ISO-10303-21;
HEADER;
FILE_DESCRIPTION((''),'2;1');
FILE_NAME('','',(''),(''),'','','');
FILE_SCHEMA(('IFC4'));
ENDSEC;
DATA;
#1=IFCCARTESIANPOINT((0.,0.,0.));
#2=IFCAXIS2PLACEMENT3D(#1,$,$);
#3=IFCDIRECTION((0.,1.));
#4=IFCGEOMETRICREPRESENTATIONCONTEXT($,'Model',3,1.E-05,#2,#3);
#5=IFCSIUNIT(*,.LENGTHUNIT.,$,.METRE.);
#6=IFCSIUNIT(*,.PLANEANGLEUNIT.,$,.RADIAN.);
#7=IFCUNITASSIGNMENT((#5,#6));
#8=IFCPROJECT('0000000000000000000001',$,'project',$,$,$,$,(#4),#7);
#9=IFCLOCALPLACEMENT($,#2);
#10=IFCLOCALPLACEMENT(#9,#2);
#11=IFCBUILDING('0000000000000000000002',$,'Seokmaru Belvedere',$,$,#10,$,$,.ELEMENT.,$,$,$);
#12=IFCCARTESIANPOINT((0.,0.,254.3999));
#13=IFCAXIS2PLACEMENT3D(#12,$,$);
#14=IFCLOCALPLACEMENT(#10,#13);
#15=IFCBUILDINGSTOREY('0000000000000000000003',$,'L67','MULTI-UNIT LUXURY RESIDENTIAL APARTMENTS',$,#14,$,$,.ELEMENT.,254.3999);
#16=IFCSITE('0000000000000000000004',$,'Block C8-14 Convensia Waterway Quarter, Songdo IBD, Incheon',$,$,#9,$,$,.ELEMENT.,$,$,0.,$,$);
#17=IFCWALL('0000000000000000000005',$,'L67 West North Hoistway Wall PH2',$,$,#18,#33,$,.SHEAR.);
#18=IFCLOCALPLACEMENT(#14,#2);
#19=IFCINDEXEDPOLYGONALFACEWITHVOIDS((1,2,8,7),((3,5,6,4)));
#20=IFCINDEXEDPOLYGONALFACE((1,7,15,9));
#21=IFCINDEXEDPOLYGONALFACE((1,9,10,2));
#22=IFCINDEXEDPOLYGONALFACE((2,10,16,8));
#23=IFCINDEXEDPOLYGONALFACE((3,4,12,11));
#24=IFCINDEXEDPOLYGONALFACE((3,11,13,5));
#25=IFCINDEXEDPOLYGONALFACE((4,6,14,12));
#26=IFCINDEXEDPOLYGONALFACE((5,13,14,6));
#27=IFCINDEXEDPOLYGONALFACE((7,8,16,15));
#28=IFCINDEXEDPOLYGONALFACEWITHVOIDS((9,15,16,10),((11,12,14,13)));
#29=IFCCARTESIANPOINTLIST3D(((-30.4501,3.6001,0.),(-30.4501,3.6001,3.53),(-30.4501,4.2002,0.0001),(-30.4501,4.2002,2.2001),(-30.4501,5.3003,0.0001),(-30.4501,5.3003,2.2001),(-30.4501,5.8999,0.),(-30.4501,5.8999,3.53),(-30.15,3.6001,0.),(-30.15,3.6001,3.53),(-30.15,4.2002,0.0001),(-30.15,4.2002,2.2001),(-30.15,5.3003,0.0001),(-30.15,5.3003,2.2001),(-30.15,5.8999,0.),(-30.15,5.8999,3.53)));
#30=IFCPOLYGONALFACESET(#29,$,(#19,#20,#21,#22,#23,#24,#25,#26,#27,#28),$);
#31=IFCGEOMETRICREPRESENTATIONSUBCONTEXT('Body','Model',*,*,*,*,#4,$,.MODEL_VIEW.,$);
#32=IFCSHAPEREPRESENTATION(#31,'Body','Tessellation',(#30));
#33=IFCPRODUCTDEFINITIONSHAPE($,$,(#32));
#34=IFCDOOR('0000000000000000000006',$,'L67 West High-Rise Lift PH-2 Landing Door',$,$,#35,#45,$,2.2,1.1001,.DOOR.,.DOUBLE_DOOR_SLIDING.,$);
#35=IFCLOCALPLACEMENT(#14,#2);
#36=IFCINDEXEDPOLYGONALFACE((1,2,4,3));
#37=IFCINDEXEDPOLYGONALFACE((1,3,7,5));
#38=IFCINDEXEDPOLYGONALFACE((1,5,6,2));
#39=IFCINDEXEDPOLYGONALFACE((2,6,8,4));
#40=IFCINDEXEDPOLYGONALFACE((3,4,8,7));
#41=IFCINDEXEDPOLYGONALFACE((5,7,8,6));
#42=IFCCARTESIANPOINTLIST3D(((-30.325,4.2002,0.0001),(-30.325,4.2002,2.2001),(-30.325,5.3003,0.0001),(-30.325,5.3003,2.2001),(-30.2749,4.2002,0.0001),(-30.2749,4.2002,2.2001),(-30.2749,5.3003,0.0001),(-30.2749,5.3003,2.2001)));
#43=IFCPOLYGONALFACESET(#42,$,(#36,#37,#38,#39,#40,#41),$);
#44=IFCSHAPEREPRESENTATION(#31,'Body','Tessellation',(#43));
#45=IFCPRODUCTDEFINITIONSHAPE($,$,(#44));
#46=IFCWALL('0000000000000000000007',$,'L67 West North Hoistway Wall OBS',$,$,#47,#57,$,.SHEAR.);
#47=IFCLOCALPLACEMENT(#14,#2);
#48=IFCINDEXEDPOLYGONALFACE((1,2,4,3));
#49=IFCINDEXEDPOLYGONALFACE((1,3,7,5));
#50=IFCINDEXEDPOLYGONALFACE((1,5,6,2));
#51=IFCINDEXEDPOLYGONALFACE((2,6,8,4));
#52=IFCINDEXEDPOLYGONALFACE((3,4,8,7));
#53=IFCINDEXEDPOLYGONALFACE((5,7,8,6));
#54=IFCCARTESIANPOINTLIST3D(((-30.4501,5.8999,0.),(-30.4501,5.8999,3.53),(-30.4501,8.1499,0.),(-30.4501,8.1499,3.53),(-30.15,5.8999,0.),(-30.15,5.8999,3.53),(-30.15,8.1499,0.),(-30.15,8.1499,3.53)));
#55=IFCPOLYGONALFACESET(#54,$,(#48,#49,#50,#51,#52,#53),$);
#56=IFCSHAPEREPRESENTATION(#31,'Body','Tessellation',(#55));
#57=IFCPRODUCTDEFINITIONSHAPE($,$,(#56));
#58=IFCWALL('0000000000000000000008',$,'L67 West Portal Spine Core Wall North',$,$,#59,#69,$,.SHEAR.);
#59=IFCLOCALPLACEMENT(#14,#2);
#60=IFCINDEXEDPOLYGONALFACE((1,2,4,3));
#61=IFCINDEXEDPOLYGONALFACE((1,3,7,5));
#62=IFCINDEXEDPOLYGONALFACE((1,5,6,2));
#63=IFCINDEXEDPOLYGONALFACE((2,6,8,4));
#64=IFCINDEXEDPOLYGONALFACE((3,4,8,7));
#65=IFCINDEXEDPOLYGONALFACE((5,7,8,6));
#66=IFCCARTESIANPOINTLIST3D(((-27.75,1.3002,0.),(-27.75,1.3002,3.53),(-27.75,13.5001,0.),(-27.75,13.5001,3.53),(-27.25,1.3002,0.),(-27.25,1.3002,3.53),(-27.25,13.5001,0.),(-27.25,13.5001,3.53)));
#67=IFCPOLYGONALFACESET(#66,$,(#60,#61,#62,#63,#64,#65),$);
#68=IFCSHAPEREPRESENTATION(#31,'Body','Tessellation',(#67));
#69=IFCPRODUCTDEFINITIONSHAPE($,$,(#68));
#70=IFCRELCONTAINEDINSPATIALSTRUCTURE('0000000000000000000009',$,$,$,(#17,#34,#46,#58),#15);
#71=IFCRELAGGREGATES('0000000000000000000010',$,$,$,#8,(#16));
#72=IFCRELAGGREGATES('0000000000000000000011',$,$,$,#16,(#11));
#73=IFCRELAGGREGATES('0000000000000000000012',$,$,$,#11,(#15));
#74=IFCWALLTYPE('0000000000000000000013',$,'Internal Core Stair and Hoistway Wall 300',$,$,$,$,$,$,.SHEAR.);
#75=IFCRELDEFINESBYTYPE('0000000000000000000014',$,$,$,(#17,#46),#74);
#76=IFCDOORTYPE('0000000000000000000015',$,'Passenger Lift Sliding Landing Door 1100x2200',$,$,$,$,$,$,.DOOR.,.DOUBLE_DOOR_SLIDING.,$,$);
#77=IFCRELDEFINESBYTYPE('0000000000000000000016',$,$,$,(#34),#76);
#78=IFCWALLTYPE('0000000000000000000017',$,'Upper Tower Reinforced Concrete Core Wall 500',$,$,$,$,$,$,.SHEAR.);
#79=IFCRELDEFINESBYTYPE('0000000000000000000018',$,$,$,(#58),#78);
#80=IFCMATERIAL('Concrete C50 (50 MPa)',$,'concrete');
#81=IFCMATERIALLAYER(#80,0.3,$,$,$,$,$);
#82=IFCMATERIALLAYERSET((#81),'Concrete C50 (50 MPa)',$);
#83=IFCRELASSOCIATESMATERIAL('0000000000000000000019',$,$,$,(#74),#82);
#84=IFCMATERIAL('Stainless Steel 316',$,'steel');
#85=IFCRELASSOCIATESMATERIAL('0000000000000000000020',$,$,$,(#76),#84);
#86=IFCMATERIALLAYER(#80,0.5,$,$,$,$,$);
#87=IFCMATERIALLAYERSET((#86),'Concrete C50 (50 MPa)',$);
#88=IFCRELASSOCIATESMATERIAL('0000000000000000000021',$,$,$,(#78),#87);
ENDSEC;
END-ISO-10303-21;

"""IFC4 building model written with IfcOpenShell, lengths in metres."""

from ifc_helpers import new_model, si_unit, direction, frame, frame_2d, origin, place, context, subcontext, project, spatial, rectangle, extrude, source, transform, mapped, material, layer, layer_set, type_object, type_shapes, element, fill, save


model = new_model("IFC4")

# Units and contexts
model_context = context("Model", 3, precision=1e-05, world=origin(), true_north=direction((0.0, 1.0)))
body_context = subcontext(model_context, "Body", "Model", "MODEL_VIEW")
ifc_project = project(units=[si_unit("LENGTHUNIT", "METRE"), si_unit("PLANEANGLEUNIT", "RADIAN")], contexts=[model_context])

# Site, building, storey
site_placement = place(None, origin())
site = spatial("IfcSite", under=ifc_project, at=site_placement, Name="Block C8-14 Convensia Waterway Quarter, Songdo IBD, Incheon", CompositionType="ELEMENT", RefElevation=0.0)
building_placement = place(site_placement, origin())
building = spatial("IfcBuilding", under=site, at=building_placement, Name="Seokmaru Belvedere", CompositionType="ELEMENT")
storey_placement = place(building_placement, frame((0.0, 0.0, 254.3999)))
storey = spatial("IfcBuildingStorey", under=building, at=storey_placement, Name="L67", Description="MULTI-UNIT LUXURY RESIDENTIAL APARTMENTS", CompositionType="ELEMENT", Elevation=254.3999)

# Shared definitions
ifc_material_1 = material(Name="Concrete C50 (50 MPa)", Category="concrete")

# Wall, opening, door
ifc_layer_1 = layer(ifc_material_1, 0.3)
ifc_layer_set_1 = layer_set([ifc_layer_1], Name="Concrete C50 (50 MPa)")
wall_type_1 = type_object("IfcWallType", Name="Internal Core Stair and Hoistway Wall 300", PredefinedType="SHEAR", material=ifc_layer_set_1)
ifc_material_2 = material(Name="Stainless Steel 316", Category="steel")
door_type_1 = type_object("IfcDoorType", Name="Passenger Lift Sliding Landing Door 1100x2200", OperationType="DOUBLE_DOOR_SLIDING", PredefinedType="DOOR", material=ifc_material_2)
shared_shape_1 = source(origin(), body_context, "Body", "SweptSolid", [
    extrude(rectangle(XDim=1.1001, YDim=2.2, at=frame_2d((0.55, 1.1001))), frame((0.0, 0.0249, 0.0), z_axis=(0.0, -1.0, 0.0), x_axis=(1.0, 0.0, 0.0)), (0.0, 0.0, 1.0), 0.05),
])
type_shapes(door_type_1, [shared_shape_1])
wall_1_placement = place(storey_placement, frame((-30.3, 3.6001, 0.0), z_axis=(0.0, 0.0, 1.0), x_axis=(0.0, 1.0, 0.0)))
wall_1 = element("IfcWall", 1, at=wall_1_placement, inside=storey, type_object=wall_type_1, Name="L67 West North Hoistway Wall PH2", PredefinedType="SHEAR", context=body_context, shape_type="SweptSolid", body=[
    extrude(rectangle(XDim=2.2998, YDim=0.3, at=frame_2d((1.1499, 0.0))), origin(), (0.0, 0.0, 1.0), 3.53),
])
opening_1_placement = place(wall_1_placement, frame((0.6001, 0.0, 0.0)))
opening_1 = element("IfcOpeningElement", 2, at=opening_1_placement, cuts=wall_1, PredefinedType="OPENING", context=body_context, shape_type="SweptSolid", body=[
    extrude(rectangle(XDim=1.1001, YDim=2.2, at=frame_2d((0.55, 1.1001))), frame((0.0, 0.1602, 0.0), z_axis=(0.0, -1.0, 0.0), x_axis=(1.0, 0.0, 0.0)), (0.0, 0.0, 1.0), 0.3201),
])
door_1_placement = place(opening_1_placement, origin())
door_1 = element("IfcDoor", 3, at=door_1_placement, inside=storey, type_object=door_type_1, Name="L67 West High-Rise Lift PH-2 Landing Door", OperationType="DOUBLE_DOOR_SLIDING", OverallHeight=2.2, OverallWidth=1.1001, PredefinedType="DOOR", context=body_context, shape_type="MappedRepresentation", body=[
    mapped(shared_shape_1, transform((0.0, 0.0, 0.0), scale=1.0)),
])
fill(opening_1, door_1)

# Wall
wall_2_placement = place(storey_placement, frame((-30.3, 5.8999, 0.0), z_axis=(0.0, 0.0, 1.0), x_axis=(0.0, 1.0, 0.0)))
element("IfcWall", 4, at=wall_2_placement, inside=storey, type_object=wall_type_1, Name="L67 West North Hoistway Wall OBS", PredefinedType="SHEAR", context=body_context, shape_type="SweptSolid", body=[
    extrude(rectangle(XDim=2.25, YDim=0.3, at=frame_2d((1.125, 0.0))), origin(), (0.0, 0.0, 1.0), 3.53),
])

# Wall
ifc_layer_2 = layer(ifc_material_1, 0.5)
ifc_layer_set_2 = layer_set([ifc_layer_2], Name="Concrete C50 (50 MPa)")
wall_type_2 = type_object("IfcWallType", Name="Upper Tower Reinforced Concrete Core Wall 500", PredefinedType="SHEAR", material=ifc_layer_set_2)
wall_3_placement = place(storey_placement, frame((-27.5, 1.3, 0.0), z_axis=(0.0, 0.0, 1.0), x_axis=(0.0, 1.0, 0.0)))
element("IfcWall", 5, at=wall_3_placement, inside=storey, type_object=wall_type_2, Name="L67 West Portal Spine Core Wall North", PredefinedType="SHEAR", context=body_context, shape_type="SweptSolid", body=[
    extrude(rectangle(XDim=12.2, YDim=0.5, at=frame_2d((6.1001, 0.0))), origin(), (0.0, 0.0, 1.0), 3.53),
])

save(model, "model.ifc")
